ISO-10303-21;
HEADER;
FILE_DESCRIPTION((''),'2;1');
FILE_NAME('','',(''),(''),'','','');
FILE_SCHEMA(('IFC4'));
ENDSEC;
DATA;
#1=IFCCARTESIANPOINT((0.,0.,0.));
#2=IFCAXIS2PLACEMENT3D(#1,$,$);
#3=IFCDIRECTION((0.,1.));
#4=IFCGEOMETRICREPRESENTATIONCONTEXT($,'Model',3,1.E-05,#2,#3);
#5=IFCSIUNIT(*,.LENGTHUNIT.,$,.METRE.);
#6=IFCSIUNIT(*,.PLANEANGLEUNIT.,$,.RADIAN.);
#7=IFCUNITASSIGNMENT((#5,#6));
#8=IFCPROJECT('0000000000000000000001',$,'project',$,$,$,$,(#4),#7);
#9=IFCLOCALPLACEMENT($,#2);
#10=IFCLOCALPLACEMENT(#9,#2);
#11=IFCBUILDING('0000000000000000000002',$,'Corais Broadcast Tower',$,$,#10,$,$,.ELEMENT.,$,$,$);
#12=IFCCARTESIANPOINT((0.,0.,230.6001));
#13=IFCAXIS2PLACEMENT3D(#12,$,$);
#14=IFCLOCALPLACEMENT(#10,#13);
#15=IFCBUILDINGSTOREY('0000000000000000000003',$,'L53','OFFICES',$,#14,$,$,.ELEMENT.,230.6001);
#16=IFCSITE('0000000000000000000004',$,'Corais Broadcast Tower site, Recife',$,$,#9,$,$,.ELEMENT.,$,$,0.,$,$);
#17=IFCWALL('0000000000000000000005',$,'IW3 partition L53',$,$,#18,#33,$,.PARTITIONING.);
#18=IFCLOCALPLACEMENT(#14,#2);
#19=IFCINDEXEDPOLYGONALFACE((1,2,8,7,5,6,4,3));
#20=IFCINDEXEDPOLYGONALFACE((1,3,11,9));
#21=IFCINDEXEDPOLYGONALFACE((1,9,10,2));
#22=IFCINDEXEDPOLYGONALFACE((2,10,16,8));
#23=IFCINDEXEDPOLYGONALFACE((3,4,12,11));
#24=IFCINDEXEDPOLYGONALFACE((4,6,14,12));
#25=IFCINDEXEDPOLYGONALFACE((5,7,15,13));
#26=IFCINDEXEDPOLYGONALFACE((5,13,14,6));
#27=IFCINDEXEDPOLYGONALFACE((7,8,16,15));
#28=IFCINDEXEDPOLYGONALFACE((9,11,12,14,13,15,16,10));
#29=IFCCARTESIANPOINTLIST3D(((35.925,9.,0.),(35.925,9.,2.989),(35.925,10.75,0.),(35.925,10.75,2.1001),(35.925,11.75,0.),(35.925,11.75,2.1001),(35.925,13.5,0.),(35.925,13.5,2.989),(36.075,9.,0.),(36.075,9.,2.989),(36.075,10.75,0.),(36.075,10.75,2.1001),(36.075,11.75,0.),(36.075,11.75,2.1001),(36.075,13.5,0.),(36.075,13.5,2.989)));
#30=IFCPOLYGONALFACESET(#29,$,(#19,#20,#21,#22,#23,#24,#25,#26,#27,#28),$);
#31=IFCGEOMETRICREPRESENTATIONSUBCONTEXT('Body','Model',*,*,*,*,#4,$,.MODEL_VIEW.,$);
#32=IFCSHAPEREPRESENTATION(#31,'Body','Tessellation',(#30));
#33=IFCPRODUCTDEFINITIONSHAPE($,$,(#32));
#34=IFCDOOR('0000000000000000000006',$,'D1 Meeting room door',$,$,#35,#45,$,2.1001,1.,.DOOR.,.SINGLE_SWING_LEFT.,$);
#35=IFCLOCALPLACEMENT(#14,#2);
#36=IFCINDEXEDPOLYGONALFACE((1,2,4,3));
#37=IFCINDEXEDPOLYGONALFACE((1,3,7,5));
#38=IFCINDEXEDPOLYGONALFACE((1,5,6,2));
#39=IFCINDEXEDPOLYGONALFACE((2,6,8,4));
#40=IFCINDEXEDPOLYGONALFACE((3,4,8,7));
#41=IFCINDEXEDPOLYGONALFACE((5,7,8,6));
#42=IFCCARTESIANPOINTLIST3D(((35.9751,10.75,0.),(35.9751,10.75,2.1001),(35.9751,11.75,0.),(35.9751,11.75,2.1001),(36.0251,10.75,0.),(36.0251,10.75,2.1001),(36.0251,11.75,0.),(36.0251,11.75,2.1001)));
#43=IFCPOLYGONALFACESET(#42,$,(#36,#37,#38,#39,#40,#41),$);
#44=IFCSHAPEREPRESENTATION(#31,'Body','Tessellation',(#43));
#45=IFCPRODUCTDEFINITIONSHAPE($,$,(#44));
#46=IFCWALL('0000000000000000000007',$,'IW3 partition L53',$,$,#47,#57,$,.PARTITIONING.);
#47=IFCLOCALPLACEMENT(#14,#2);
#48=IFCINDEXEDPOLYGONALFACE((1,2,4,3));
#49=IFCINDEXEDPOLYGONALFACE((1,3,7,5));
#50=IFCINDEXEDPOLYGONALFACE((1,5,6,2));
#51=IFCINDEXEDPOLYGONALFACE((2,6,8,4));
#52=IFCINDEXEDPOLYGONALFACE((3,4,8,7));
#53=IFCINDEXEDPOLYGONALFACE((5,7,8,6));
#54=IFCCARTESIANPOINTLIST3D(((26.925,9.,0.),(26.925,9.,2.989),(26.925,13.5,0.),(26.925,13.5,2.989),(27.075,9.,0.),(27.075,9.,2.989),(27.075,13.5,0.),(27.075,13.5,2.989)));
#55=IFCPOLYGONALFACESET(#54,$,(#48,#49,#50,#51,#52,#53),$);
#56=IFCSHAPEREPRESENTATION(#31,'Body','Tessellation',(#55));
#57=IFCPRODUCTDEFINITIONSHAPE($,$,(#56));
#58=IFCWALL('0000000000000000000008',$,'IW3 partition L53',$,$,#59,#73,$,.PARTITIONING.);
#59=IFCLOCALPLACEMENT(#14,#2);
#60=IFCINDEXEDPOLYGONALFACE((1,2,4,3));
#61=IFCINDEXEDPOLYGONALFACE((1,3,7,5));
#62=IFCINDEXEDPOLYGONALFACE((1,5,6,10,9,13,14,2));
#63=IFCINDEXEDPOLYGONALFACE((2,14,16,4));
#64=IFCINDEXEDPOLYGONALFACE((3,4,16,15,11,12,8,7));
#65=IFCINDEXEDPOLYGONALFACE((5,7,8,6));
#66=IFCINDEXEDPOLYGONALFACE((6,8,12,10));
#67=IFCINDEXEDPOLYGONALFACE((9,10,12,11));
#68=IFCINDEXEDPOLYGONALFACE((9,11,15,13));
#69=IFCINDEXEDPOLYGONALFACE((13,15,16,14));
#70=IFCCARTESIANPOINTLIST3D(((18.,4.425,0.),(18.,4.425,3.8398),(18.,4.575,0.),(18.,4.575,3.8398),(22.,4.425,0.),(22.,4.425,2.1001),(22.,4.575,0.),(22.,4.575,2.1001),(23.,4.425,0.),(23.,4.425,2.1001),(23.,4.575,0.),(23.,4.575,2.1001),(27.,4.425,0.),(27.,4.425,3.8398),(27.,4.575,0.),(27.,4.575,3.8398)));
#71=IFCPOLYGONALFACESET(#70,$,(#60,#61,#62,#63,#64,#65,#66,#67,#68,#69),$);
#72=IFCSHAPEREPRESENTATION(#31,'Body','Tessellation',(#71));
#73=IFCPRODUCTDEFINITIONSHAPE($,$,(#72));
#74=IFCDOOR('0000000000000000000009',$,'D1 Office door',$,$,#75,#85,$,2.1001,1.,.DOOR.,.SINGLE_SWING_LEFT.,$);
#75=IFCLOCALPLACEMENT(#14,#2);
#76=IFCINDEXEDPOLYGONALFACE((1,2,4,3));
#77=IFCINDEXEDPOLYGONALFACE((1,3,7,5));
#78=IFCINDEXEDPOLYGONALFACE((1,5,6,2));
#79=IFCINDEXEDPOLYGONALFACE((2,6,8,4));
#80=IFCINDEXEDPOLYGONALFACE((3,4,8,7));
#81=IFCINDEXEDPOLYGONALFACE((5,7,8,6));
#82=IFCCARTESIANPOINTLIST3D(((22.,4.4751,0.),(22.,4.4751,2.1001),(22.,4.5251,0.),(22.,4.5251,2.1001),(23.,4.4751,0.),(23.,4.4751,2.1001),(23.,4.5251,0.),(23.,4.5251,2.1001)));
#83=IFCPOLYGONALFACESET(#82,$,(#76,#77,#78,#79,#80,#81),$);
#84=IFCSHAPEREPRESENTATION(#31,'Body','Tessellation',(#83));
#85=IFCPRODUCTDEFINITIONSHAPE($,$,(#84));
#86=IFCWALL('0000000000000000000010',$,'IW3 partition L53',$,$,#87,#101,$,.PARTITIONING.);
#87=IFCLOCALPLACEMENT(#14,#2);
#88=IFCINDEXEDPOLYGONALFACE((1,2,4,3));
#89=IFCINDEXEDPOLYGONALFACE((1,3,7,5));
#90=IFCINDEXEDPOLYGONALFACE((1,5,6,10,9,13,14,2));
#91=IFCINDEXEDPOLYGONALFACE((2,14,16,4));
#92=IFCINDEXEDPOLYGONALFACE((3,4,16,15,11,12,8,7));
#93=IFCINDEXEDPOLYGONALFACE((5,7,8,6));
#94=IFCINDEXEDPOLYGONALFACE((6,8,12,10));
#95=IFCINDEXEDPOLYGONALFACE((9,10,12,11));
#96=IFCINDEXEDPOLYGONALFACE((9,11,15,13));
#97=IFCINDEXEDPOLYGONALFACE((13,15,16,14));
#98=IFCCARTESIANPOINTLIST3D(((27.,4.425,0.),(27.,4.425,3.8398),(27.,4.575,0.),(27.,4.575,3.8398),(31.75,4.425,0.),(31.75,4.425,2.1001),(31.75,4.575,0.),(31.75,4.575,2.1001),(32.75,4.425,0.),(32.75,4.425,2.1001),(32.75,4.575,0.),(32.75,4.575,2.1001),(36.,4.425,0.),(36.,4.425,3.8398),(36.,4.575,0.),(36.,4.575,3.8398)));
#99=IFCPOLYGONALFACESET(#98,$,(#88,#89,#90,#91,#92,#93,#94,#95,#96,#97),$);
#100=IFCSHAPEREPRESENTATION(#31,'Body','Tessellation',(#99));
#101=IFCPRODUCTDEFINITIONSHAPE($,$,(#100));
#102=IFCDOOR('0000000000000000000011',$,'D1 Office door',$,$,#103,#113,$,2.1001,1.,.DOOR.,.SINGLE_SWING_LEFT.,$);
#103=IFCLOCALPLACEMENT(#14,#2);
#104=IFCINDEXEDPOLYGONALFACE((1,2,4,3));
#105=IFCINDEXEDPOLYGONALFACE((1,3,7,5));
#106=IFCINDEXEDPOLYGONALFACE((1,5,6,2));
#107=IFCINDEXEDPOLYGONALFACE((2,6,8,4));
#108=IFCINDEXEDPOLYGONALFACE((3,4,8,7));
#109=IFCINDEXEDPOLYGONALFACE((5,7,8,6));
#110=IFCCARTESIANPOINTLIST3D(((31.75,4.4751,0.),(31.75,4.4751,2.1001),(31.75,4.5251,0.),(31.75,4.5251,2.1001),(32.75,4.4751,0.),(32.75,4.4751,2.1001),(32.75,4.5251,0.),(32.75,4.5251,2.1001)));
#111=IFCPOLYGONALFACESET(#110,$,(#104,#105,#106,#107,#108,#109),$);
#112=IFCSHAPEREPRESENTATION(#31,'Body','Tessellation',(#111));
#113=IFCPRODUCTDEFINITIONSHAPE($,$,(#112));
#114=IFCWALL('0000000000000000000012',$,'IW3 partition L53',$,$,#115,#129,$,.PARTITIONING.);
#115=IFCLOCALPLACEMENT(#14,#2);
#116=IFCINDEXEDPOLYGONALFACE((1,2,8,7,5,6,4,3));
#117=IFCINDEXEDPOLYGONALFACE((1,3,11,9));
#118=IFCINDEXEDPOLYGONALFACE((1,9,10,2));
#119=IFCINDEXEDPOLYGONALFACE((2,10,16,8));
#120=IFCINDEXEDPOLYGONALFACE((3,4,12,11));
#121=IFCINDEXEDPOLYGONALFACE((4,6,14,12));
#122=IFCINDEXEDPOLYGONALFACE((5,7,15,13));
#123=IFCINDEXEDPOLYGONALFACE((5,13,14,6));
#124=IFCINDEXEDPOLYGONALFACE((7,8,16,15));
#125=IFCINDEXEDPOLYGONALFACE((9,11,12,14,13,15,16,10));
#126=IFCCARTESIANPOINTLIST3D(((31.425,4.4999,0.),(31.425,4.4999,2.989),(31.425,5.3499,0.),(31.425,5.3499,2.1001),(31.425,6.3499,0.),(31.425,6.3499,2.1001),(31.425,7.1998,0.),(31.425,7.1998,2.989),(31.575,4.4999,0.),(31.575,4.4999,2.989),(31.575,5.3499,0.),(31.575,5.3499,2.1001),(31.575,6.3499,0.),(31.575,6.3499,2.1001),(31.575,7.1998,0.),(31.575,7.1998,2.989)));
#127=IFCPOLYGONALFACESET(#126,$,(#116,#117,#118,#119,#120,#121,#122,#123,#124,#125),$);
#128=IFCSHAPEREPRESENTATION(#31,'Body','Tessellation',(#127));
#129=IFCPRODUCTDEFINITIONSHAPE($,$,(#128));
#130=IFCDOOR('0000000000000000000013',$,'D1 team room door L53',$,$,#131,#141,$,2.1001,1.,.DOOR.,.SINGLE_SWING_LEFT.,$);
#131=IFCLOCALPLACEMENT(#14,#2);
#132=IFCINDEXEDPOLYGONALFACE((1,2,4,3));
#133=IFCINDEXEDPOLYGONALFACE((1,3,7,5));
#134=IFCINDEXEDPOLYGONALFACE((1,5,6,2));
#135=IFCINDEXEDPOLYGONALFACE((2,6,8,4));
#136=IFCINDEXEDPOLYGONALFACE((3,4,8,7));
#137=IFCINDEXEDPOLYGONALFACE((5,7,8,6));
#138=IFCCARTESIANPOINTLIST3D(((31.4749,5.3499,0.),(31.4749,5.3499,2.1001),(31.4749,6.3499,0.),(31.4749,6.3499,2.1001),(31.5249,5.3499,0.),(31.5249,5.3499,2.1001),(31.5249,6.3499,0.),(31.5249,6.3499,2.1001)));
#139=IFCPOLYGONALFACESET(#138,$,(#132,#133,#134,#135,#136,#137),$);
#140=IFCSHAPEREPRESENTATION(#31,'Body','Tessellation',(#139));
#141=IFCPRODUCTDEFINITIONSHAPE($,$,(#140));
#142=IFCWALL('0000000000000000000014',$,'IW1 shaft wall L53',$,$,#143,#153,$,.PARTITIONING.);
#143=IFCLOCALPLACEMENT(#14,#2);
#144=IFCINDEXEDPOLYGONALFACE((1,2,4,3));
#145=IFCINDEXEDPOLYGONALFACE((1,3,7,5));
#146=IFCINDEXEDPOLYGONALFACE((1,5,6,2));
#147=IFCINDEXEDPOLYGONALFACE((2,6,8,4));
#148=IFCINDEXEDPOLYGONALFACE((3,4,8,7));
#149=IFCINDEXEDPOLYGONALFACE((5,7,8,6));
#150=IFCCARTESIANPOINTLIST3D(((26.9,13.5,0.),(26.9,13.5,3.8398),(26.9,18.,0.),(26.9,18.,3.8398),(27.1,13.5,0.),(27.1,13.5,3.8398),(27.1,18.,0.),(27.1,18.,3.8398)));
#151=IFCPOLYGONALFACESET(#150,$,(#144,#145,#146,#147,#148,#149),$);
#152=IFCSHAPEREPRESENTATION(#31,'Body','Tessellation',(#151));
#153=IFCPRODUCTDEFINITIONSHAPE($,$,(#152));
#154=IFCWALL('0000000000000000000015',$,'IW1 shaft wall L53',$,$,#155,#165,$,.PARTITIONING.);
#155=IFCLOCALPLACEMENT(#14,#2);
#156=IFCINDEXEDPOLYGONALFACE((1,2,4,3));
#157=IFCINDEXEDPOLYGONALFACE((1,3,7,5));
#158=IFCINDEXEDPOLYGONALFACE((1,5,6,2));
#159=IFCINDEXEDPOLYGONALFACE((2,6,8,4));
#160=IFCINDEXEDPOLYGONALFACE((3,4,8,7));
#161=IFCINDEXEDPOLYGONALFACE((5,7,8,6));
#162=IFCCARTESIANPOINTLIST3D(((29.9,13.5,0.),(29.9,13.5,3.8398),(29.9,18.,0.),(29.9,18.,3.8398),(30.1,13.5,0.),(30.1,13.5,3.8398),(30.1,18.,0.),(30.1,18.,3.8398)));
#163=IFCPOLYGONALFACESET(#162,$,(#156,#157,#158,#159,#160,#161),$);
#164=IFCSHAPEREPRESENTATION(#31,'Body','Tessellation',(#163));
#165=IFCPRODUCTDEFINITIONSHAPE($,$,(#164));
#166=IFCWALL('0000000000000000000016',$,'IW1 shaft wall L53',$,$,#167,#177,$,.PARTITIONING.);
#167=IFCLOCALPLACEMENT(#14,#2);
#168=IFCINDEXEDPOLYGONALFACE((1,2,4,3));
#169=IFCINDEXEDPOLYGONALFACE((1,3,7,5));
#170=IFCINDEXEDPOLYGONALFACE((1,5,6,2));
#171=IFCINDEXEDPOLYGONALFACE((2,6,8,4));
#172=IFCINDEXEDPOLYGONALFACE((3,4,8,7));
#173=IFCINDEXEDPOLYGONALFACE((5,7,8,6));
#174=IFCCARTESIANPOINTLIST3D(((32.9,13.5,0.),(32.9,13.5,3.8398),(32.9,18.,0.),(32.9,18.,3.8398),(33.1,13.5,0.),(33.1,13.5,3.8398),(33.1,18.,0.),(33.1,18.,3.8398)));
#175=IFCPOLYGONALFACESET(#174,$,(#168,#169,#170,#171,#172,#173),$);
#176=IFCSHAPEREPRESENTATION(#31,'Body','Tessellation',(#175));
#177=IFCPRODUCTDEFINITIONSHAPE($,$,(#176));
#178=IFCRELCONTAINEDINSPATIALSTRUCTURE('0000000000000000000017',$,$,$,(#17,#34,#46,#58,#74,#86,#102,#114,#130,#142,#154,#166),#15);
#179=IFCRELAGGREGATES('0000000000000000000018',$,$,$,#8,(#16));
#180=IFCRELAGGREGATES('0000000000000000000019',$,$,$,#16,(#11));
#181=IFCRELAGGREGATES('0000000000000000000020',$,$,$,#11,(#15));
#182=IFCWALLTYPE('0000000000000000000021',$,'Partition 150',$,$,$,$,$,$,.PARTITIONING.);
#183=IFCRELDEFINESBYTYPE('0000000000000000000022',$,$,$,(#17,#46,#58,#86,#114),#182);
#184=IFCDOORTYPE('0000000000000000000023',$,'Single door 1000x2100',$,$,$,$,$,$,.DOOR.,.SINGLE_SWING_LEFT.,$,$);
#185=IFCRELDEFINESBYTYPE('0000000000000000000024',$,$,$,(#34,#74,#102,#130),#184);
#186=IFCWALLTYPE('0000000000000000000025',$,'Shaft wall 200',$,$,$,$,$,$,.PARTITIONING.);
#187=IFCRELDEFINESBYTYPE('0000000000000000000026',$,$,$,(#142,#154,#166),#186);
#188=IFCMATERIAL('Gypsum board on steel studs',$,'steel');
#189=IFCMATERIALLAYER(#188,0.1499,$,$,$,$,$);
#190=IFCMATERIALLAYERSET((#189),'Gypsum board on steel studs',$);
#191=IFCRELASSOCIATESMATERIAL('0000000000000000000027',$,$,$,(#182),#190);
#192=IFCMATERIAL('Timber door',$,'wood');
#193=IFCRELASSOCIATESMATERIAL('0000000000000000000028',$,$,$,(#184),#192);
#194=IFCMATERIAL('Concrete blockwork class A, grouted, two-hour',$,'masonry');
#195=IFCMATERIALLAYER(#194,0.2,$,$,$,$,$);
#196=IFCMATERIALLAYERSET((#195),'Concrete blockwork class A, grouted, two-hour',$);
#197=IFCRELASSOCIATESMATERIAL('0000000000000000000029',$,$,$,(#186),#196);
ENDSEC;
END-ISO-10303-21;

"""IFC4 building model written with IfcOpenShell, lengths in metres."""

from ifc_helpers import new_model, si_unit, direction, frame, frame_2d, origin, place, context, subcontext, project, spatial, rectangle, extrude, material, layer, layer_set, type_object, element, fill, save


model = new_model("IFC4")

# Units and contexts
model_context = context("Model", 3, precision=1e-05, world=origin(), true_north=direction((0.0, 1.0)))
body_context = subcontext(model_context, "Body", "Model", "MODEL_VIEW")
ifc_project = project(units=[si_unit("LENGTHUNIT", "METRE"), si_unit("PLANEANGLEUNIT", "RADIAN")], contexts=[model_context])

# Site, building, storey
site_placement = place(None, origin())
site = spatial("IfcSite", under=ifc_project, at=site_placement, Name="Corais Broadcast Tower site, Recife", CompositionType="ELEMENT", RefElevation=0.0)
building_placement = place(site_placement, origin())
building = spatial("IfcBuilding", under=site, at=building_placement, Name="Corais Broadcast Tower", CompositionType="ELEMENT")
storey_placement = place(building_placement, frame((0.0, 0.0, 230.6001)))
storey = spatial("IfcBuildingStorey", under=building, at=storey_placement, Name="L53", Description="OFFICES", CompositionType="ELEMENT", Elevation=230.6001)

# Shared definitions
ifc_material_1 = material(Name="Gypsum board on steel studs", Category="steel")
ifc_layer_1 = layer(ifc_material_1, 0.1499)
ifc_layer_set_1 = layer_set([ifc_layer_1], Name="Gypsum board on steel studs")
wall_type_1 = type_object("IfcWallType", Name="Partition 150", PredefinedType="PARTITIONING", material=ifc_layer_set_1)

# Wall, opening, door
wall_1_placement = place(storey_placement, frame((36.0, 9.0, 0.0), z_axis=(0.0, 0.0, 1.0), x_axis=(0.0, 1.0, 0.0)))
wall_1 = element("IfcWall", 1, at=wall_1_placement, inside=storey, type_object=wall_type_1, Name="IW3 partition L53", PredefinedType="PARTITIONING", context=body_context, shape_type="SweptSolid", body=[
    extrude(rectangle(XDim=4.5, YDim=0.1499, at=frame_2d((2.25, 0.0))), origin(), (0.0, 0.0, 1.0), 2.989),
])
opening_1_placement = place(wall_1_placement, frame((1.75, 0.0, 0.0)))
opening_1 = element("IfcOpeningElement", 2, at=opening_1_placement, cuts=wall_1, PredefinedType="OPENING", context=body_context, shape_type="SweptSolid", body=[
    extrude(rectangle(XDim=1.0, YDim=2.1001, at=frame_2d((0.5, 1.05))), frame((0.0, 0.085, 0.0), z_axis=(0.0, -1.0, 0.0), x_axis=(1.0, 0.0, 0.0)), (0.0, 0.0, 1.0), 0.1699),
])
ifc_material_2 = material(Name="Timber door", Category="wood")
door_type = type_object("IfcDoorType", Name="Single door 1000x2100", OperationType="SINGLE_SWING_LEFT", PredefinedType="DOOR", material=ifc_material_2)
door_1_placement = place(opening_1_placement, origin())
door_1 = element("IfcDoor", 3, at=door_1_placement, inside=storey, type_object=door_type, Name="D1 Meeting room door", OperationType="SINGLE_SWING_LEFT", OverallHeight=2.1001, OverallWidth=1.0, PredefinedType="DOOR", context=body_context, shape_type="SweptSolid", body=[
    extrude(rectangle(XDim=1.0, YDim=2.1001, at=frame_2d((0.5, 1.05))), frame((0.0, 0.0249, 0.0), z_axis=(0.0, -1.0, 0.0), x_axis=(1.0, 0.0, 0.0)), (0.0, 0.0, 1.0), 0.05),
])
fill(opening_1, door_1)

# Wall
wall_2_placement = place(storey_placement, frame((27.0, 13.5, 0.0), z_axis=(0.0, 0.0, 1.0), x_axis=(0.0, -1.0, 0.0)))
element("IfcWall", 4, at=wall_2_placement, inside=storey, type_object=wall_type_1, Name="IW3 partition L53", PredefinedType="PARTITIONING", context=body_context, shape_type="SweptSolid", body=[
    extrude(rectangle(XDim=4.5, YDim=0.1499, at=frame_2d((2.25, 0.0))), origin(), (0.0, 0.0, 1.0), 2.989),
])

# Walls, openings, doors
wall_3_placement = place(storey_placement, frame((27.0, 4.5, 0.0), z_axis=(0.0, 0.0, 1.0), x_axis=(-1.0, 0.0, 0.0)))
wall_3 = element("IfcWall", 5, at=wall_3_placement, inside=storey, type_object=wall_type_1, Name="IW3 partition L53", PredefinedType="PARTITIONING", context=body_context, shape_type="SweptSolid", body=[
    extrude(rectangle(XDim=9.0, YDim=0.1499, at=frame_2d((4.5, 0.0))), origin(), (0.0, 0.0, 1.0), 3.8398),
])
opening_2_placement = place(wall_3_placement, frame((4.0, 0.0, 0.0)))
opening_2 = element("IfcOpeningElement", 6, at=opening_2_placement, cuts=wall_3, PredefinedType="OPENING", context=body_context, shape_type="SweptSolid", body=[
    extrude(rectangle(XDim=1.0, YDim=2.1001, at=frame_2d((0.5, 1.05))), frame((0.0, 0.085, 0.0), z_axis=(0.0, -1.0, 0.0), x_axis=(1.0, 0.0, 0.0)), (0.0, 0.0, 1.0), 0.1699),
])
door_2_placement = place(opening_2_placement, origin())
door_2 = element("IfcDoor", 7, at=door_2_placement, inside=storey, type_object=door_type, Name="D1 Office door", OperationType="SINGLE_SWING_LEFT", OverallHeight=2.1001, OverallWidth=1.0, PredefinedType="DOOR", context=body_context, shape_type="SweptSolid", body=[
    extrude(rectangle(XDim=1.0, YDim=2.1001, at=frame_2d((0.5, 1.05))), frame((0.0, 0.0249, 0.0), z_axis=(0.0, -1.0, 0.0), x_axis=(1.0, 0.0, 0.0)), (0.0, 0.0, 1.0), 0.05),
])
fill(opening_2, door_2)
wall_4_placement = place(storey_placement, frame((36.0, 4.5, 0.0), z_axis=(0.0, 0.0, 1.0), x_axis=(-1.0, 0.0, 0.0)))
wall_4 = element("IfcWall", 8, at=wall_4_placement, inside=storey, type_object=wall_type_1, Name="IW3 partition L53", PredefinedType="PARTITIONING", context=body_context, shape_type="SweptSolid", body=[
    extrude(rectangle(XDim=9.0, YDim=0.1499, at=frame_2d((4.5, 0.0))), origin(), (0.0, 0.0, 1.0), 3.8398),
])
opening_3_placement = place(wall_4_placement, frame((3.25, 0.0, 0.0)))
opening_3 = element("IfcOpeningElement", 9, at=opening_3_placement, cuts=wall_4, PredefinedType="OPENING", context=body_context, shape_type="SweptSolid", body=[
    extrude(rectangle(XDim=1.0, YDim=2.1001, at=frame_2d((0.5, 1.05))), frame((0.0, 0.085, 0.0), z_axis=(0.0, -1.0, 0.0), x_axis=(1.0, 0.0, 0.0)), (0.0, 0.0, 1.0), 0.1699),
])
door_3_placement = place(opening_3_placement, origin())
door_3 = element("IfcDoor", 10, at=door_3_placement, inside=storey, type_object=door_type, Name="D1 Office door", OperationType="SINGLE_SWING_LEFT", OverallHeight=2.1001, OverallWidth=1.0, PredefinedType="DOOR", context=body_context, shape_type="SweptSolid", body=[
    extrude(rectangle(XDim=1.0, YDim=2.1001, at=frame_2d((0.5, 1.05))), frame((0.0, 0.0249, 0.0), z_axis=(0.0, -1.0, 0.0), x_axis=(1.0, 0.0, 0.0)), (0.0, 0.0, 1.0), 0.05),
])
fill(opening_3, door_3)
wall_5_placement = place(storey_placement, frame((31.5, 7.2, 0.0), z_axis=(0.0, 0.0, 1.0), x_axis=(0.0, -1.0, 0.0)))
wall_5 = element("IfcWall", 11, at=wall_5_placement, inside=storey, type_object=wall_type_1, Name="IW3 partition L53", PredefinedType="PARTITIONING", context=body_context, shape_type="SweptSolid", body=[
    extrude(rectangle(XDim=2.7, YDim=0.1499, at=frame_2d((1.3501, 0.0))), origin(), (0.0, 0.0, 1.0), 2.989),
])
opening_4_placement = place(wall_5_placement, frame((0.8501, 0.0, 0.0)))
opening_4 = element("IfcOpeningElement", 12, at=opening_4_placement, cuts=wall_5, PredefinedType="OPENING", context=body_context, shape_type="SweptSolid", body=[
    extrude(rectangle(XDim=1.0, YDim=2.1001, at=frame_2d((0.5, 1.05))), frame((0.0, 0.085, 0.0), z_axis=(0.0, -1.0, 0.0), x_axis=(1.0, 0.0, 0.0)), (0.0, 0.0, 1.0), 0.1699),
])
door_4_placement = place(opening_4_placement, origin())
door_4 = element("IfcDoor", 13, at=door_4_placement, inside=storey, type_object=door_type, Name="D1 team room door L53", OperationType="SINGLE_SWING_LEFT", OverallHeight=2.1001, OverallWidth=1.0, PredefinedType="DOOR", context=body_context, shape_type="SweptSolid", body=[
    extrude(rectangle(XDim=1.0, YDim=2.1001, at=frame_2d((0.5, 1.05))), frame((0.0, 0.0249, 0.0), z_axis=(0.0, -1.0, 0.0), x_axis=(1.0, 0.0, 0.0)), (0.0, 0.0, 1.0), 0.05),
])
fill(opening_4, door_4)

# Walls
ifc_material_3 = material(Name="Concrete blockwork class A, grouted, two-hour", Category="masonry")
ifc_layer_2 = layer(ifc_material_3, 0.2)
ifc_layer_set_2 = layer_set([ifc_layer_2], Name="Concrete blockwork class A, grouted, two-hour")
wall_type_2 = type_object("IfcWallType", Name="Shaft wall 200", PredefinedType="PARTITIONING", material=ifc_layer_set_2)
for number, where, z_axis, x_axis, name in (
    (14, (27.0, 13.5, 0.0), (0.0, 0.0, 1.0), (0.0, 1.0, 0.0), "IW1 shaft wall L53"),
    (15, (30.0, 13.5, 0.0), (0.0, 0.0, 1.0), (0.0, 1.0, 0.0), "IW1 shaft wall L53"),
    (16, (33.0, 13.5, 0.0), (0.0, 0.0, 1.0), (0.0, 1.0, 0.0), "IW1 shaft wall L53"),
):
    element("IfcWall", number, at=place(storey_placement, frame(where, z_axis=z_axis, x_axis=x_axis)), inside=storey, type_object=wall_type_2, Name=name, PredefinedType="PARTITIONING", context=body_context, shape_type="SweptSolid", body=[
        extrude(rectangle(XDim=4.5, YDim=0.2, at=frame_2d((2.25, 0.0))), origin(), (0.0, 0.0, 1.0), 3.8398),
    ])

save(model, "model.ifc")
